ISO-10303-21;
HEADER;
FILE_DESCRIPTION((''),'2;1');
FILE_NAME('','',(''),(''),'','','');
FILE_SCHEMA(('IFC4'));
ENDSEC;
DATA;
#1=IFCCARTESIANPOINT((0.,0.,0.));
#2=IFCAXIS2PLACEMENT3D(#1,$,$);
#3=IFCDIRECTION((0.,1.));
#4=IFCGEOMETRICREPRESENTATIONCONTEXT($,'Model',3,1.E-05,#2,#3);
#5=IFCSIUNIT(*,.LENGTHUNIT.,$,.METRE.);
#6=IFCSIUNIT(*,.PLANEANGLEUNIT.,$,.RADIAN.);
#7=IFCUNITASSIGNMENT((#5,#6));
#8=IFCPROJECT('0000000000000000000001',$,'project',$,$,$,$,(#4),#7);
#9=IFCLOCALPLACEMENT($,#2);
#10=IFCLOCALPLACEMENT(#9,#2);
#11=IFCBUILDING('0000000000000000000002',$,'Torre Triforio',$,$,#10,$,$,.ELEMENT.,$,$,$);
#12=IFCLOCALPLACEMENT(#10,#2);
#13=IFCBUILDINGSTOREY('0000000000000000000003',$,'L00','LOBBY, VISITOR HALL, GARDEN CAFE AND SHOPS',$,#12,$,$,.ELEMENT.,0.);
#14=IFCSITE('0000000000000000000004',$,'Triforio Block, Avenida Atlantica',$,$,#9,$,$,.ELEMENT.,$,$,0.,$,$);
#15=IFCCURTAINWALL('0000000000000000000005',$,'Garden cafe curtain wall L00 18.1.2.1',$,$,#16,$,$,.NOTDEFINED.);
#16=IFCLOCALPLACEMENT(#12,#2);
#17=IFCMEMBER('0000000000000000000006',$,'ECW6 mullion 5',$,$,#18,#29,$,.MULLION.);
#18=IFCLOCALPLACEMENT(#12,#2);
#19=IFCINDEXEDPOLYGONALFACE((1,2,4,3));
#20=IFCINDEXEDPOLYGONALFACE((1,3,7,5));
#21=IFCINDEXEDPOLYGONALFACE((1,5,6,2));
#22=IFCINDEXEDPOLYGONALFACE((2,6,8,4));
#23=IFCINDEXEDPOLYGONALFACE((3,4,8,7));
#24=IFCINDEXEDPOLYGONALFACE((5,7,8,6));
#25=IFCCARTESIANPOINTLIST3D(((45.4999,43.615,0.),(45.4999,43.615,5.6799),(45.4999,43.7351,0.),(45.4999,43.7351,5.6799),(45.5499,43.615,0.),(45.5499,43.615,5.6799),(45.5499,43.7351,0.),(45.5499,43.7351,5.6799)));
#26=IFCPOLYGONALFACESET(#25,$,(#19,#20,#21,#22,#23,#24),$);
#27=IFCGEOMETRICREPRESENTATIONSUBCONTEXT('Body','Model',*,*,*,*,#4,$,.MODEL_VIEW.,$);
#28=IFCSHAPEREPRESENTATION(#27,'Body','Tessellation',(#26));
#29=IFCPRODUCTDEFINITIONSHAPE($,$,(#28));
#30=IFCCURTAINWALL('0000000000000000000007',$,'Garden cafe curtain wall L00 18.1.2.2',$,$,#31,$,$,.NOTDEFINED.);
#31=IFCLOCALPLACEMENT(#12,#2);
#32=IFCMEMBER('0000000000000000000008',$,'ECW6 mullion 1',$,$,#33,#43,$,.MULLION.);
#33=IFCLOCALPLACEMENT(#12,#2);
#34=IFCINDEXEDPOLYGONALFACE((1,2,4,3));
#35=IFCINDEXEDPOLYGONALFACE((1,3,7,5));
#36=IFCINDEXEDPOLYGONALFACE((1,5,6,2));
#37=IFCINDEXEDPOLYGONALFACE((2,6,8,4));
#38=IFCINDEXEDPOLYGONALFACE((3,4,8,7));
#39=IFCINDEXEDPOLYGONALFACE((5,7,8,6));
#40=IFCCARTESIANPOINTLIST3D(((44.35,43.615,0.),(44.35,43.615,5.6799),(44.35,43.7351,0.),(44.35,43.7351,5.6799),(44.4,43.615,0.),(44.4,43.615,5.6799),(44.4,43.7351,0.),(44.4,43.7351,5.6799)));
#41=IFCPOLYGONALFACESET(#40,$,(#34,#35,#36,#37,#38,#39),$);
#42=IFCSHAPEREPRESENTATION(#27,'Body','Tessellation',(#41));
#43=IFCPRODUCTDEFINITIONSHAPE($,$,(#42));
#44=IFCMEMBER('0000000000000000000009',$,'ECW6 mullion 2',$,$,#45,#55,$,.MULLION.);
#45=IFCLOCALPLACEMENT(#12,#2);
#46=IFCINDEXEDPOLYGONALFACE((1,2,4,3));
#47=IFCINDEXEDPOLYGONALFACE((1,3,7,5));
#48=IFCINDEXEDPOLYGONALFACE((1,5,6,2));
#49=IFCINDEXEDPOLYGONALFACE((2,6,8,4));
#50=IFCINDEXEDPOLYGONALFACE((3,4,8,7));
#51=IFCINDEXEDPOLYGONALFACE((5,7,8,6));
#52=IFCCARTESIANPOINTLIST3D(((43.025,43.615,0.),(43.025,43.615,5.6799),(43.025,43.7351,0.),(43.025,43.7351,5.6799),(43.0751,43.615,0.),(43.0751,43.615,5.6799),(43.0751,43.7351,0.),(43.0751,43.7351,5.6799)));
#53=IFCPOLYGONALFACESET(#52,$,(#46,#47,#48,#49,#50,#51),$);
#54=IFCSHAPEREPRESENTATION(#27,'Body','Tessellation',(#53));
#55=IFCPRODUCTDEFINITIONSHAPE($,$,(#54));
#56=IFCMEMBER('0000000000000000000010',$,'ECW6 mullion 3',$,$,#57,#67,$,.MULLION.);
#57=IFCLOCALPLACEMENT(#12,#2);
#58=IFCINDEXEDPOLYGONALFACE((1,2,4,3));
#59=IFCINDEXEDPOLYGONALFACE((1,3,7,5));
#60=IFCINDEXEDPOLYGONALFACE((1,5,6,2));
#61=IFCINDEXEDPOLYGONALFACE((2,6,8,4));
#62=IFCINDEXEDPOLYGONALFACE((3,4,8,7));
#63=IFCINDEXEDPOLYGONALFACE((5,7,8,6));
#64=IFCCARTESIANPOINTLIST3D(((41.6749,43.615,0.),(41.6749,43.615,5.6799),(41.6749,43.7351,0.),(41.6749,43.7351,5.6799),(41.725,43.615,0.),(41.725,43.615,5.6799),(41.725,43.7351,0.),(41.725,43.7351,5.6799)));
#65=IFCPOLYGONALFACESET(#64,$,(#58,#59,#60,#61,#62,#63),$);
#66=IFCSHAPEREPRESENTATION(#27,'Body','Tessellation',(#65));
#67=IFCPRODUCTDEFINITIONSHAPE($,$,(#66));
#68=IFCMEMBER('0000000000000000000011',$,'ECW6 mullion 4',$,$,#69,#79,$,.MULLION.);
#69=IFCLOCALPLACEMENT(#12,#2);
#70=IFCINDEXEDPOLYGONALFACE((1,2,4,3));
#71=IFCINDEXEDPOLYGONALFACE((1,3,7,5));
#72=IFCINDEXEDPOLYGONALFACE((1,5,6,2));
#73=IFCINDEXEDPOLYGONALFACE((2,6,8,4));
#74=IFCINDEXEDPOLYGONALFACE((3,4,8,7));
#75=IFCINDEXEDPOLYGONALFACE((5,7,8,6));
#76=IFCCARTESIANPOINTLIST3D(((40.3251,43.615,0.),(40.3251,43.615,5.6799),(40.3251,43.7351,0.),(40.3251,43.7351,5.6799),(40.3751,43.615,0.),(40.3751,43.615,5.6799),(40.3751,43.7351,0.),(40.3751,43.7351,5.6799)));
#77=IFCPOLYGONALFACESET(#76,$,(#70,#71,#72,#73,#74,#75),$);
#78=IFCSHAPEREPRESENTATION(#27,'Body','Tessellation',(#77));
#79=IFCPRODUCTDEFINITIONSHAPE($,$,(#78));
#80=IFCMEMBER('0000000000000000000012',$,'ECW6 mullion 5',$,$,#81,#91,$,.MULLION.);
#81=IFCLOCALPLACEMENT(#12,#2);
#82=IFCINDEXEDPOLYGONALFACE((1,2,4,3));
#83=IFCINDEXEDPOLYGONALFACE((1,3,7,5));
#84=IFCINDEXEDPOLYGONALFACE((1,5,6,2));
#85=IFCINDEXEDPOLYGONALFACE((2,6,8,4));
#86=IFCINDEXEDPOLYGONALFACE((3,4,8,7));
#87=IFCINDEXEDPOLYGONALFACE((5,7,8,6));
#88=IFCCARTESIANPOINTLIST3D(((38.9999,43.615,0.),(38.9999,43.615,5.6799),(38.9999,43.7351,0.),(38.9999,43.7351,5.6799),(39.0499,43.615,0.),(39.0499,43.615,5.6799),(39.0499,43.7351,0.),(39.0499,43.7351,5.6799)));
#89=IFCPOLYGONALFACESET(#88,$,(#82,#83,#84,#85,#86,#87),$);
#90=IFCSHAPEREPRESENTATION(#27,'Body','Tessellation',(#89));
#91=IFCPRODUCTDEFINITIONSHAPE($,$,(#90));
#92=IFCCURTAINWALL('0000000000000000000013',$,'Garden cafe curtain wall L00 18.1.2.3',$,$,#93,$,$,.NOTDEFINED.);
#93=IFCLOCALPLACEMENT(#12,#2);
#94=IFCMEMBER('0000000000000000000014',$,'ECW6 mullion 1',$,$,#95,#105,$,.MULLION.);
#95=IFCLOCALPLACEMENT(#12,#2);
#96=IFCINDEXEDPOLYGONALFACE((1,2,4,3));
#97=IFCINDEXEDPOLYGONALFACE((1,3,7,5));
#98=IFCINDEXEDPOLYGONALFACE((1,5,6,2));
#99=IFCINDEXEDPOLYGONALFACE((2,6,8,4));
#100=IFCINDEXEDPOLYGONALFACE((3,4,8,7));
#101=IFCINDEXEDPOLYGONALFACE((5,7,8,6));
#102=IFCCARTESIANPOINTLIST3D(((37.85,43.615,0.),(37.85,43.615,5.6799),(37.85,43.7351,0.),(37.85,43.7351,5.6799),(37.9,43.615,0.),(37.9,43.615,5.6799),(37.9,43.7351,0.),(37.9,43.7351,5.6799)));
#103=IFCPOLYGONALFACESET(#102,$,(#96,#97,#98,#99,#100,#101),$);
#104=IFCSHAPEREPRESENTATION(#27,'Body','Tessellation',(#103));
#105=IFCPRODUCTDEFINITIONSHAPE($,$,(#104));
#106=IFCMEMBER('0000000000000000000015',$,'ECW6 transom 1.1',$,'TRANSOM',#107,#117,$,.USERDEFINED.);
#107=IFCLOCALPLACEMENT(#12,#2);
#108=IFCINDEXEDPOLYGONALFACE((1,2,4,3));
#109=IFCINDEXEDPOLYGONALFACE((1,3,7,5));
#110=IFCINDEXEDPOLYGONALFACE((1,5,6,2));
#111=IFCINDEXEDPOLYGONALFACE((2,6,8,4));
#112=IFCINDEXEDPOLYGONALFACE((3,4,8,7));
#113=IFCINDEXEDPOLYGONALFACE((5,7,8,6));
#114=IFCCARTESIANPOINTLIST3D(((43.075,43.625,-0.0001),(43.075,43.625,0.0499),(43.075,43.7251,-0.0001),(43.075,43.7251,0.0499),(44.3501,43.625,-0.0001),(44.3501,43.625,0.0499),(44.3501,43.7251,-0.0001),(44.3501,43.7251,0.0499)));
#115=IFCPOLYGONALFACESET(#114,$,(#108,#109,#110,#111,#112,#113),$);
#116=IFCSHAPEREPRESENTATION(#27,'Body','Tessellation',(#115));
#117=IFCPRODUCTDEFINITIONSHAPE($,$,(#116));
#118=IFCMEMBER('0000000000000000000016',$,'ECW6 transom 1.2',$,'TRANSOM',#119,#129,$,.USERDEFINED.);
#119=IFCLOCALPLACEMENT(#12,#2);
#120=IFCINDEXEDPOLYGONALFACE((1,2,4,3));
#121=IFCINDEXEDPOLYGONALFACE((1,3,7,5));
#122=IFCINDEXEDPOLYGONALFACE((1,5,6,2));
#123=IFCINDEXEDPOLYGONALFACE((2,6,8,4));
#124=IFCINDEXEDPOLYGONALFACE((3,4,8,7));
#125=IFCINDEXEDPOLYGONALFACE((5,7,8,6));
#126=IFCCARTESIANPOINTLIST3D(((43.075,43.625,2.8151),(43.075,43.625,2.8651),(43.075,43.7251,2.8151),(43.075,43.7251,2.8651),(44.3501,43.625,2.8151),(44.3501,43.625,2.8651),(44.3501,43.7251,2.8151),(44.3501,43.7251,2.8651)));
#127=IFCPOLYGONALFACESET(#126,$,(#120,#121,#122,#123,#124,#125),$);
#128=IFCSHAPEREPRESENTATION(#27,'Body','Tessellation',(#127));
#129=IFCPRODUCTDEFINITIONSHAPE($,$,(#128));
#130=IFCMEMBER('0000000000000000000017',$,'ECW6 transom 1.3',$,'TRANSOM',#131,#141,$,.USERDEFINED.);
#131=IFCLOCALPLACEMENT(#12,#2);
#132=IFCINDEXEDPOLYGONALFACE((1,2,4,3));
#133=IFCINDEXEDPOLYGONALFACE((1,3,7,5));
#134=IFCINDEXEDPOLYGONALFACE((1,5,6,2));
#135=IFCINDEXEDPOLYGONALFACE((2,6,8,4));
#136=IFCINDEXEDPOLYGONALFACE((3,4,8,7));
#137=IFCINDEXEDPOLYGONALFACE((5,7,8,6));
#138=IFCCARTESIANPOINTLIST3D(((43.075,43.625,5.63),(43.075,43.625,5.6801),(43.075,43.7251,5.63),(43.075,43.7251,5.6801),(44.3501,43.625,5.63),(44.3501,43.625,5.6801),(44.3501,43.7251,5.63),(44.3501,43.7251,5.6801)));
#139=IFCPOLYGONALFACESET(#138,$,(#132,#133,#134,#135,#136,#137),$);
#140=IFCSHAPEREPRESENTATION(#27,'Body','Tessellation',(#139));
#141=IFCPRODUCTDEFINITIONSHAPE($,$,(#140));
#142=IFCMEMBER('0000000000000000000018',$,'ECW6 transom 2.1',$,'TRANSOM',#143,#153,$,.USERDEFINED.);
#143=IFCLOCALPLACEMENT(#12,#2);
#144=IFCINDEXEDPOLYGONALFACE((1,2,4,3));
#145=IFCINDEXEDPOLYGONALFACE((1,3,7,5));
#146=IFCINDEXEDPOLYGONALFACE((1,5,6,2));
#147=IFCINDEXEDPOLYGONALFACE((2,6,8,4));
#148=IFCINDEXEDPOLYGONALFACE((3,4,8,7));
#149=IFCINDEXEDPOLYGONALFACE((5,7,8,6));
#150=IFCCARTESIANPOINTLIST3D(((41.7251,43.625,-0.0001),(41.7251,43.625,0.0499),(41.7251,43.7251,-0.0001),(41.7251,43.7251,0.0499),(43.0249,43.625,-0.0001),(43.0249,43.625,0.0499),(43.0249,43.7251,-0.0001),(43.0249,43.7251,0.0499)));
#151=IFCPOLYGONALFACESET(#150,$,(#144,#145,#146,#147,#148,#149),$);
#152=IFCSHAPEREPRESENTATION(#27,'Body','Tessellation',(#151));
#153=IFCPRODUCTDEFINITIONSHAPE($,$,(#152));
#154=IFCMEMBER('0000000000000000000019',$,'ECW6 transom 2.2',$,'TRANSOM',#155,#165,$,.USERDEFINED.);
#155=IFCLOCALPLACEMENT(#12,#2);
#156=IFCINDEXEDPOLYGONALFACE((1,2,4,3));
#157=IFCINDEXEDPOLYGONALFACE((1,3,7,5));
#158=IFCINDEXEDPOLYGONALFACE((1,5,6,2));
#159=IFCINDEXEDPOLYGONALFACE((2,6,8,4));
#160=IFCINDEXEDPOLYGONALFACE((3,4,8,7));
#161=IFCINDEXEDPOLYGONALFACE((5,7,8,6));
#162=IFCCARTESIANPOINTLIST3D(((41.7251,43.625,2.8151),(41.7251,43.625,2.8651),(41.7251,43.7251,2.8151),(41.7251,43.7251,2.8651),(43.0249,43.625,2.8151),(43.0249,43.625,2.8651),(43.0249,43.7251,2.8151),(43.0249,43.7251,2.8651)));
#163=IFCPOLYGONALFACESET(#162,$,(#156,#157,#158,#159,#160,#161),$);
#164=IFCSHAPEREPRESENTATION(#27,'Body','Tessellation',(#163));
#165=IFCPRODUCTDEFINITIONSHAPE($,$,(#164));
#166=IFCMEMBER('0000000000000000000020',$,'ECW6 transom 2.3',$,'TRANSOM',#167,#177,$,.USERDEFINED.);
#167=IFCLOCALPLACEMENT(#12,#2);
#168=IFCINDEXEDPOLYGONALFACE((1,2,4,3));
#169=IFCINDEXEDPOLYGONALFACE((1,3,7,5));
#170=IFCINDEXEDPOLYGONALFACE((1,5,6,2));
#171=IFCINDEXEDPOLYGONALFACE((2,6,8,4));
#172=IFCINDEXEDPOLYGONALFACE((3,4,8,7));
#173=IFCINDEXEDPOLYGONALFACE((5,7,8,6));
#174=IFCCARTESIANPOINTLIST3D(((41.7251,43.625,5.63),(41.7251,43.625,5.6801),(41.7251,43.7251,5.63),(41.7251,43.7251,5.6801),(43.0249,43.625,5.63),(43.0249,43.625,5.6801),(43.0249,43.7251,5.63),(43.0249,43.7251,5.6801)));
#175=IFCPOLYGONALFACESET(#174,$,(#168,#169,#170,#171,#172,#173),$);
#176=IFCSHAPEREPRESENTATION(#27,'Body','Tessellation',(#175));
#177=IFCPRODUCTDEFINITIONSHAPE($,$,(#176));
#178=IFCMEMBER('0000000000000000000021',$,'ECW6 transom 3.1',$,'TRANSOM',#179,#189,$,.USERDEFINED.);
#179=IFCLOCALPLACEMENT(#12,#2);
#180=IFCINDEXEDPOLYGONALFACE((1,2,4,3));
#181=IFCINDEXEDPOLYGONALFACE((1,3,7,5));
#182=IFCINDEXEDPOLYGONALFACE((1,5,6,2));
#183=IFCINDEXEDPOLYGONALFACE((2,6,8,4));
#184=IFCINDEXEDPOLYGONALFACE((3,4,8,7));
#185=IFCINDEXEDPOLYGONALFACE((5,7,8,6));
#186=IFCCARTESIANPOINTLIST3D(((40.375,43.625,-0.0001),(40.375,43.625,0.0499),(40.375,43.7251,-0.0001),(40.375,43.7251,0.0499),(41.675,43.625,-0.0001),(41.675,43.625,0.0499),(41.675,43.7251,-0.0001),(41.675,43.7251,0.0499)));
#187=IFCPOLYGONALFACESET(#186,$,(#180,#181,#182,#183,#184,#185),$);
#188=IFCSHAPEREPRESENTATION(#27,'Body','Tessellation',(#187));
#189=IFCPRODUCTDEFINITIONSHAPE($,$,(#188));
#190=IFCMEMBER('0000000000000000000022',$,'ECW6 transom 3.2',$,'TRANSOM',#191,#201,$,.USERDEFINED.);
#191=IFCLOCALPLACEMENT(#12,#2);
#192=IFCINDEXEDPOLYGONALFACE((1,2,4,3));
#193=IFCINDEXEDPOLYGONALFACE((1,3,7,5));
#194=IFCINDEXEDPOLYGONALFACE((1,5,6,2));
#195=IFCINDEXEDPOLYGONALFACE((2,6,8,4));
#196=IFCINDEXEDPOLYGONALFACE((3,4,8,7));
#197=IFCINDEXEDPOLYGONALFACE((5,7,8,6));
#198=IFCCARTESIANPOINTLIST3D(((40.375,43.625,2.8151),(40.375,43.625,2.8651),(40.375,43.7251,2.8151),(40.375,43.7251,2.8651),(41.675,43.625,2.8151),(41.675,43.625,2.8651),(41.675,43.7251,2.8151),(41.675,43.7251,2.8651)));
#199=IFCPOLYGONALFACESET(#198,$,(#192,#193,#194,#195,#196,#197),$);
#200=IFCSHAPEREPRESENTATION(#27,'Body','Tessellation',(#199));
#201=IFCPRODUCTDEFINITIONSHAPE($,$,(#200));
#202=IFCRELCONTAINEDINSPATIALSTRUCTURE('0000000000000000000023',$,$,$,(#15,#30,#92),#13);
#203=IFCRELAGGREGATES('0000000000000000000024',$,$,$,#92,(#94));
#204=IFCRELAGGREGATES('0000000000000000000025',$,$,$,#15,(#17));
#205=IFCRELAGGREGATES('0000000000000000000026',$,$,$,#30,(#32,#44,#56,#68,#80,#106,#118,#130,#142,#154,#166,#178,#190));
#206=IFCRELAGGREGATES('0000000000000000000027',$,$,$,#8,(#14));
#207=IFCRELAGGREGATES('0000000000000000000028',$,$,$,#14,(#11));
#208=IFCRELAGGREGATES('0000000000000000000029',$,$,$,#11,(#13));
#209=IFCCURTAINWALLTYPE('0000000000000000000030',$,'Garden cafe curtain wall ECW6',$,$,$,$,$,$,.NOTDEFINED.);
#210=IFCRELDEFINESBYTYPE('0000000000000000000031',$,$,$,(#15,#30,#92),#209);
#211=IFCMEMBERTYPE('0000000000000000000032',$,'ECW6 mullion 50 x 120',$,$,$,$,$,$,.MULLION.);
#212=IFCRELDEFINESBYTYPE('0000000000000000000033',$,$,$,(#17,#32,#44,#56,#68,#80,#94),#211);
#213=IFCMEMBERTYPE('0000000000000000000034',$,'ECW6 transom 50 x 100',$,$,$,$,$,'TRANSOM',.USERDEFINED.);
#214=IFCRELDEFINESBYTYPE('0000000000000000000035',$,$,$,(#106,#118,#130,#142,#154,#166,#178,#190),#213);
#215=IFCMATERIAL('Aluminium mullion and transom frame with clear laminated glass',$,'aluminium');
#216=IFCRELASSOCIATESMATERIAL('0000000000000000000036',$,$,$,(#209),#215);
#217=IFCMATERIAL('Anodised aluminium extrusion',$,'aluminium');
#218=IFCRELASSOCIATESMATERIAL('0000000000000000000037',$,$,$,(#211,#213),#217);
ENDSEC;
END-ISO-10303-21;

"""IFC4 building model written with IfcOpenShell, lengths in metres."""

from ifc_helpers import new_model, si_unit, direction, frame, origin, origin_2d, place, context, subcontext, project, spatial, rectangle, extrude, material, material_profile, profile_set, type_object, element, aggregate, save


model = new_model("IFC4")

# Units and contexts
model_context = context("Model", 3, precision=1e-05, world=origin(), true_north=direction((0.0, 1.0)))
body_context = subcontext(model_context, "Body", "Model", "MODEL_VIEW")
ifc_project = project(units=[si_unit("LENGTHUNIT", "METRE"), si_unit("PLANEANGLEUNIT", "RADIAN")], contexts=[model_context])

# Site, building, storey
site_placement = place(None, origin())
site = spatial("IfcSite", under=ifc_project, at=site_placement, Name="Triforio Block, Avenida Atlantica", CompositionType="ELEMENT", RefElevation=0.0)
building_placement = place(site_placement, origin())
building = spatial("IfcBuilding", under=site, at=building_placement, Name="Torre Triforio", CompositionType="ELEMENT")
storey_placement = place(building_placement, origin())
storey = spatial("IfcBuildingStorey", under=building, at=storey_placement, Name="L00", Description="LOBBY, VISITOR HALL, GARDEN CAFE AND SHOPS", CompositionType="ELEMENT", Elevation=0.0)

# Curtain wall, member
ifc_material_1 = material(Name="Aluminium mullion and transom frame with clear laminated glass", Category="aluminium")
curtain_wall_type = type_object("IfcCurtainWallType", Name="Garden cafe curtain wall ECW6", PredefinedType="NOTDEFINED", material=ifc_material_1)
curtain_wall_1_placement = place(storey_placement, origin())
curtain_wall_1 = element("IfcCurtainWall", 1, at=curtain_wall_1_placement, inside=storey, type_object=curtain_wall_type, Name="Garden cafe curtain wall L00 18.1.2.1", PredefinedType="NOTDEFINED")
ifc_material_2 = material(Name="Anodised aluminium extrusion", Category="aluminium")
ifc_material_profile_1 = material_profile(ifc_material_2, rectangle(XDim=0.1201, YDim=0.05, at=origin_2d()), Name="ECW6 MULLION 50x120")
ifc_profile_set_1 = profile_set([ifc_material_profile_1], Name="Anodised aluminium extrusion")
member_type_1 = type_object("IfcMemberType", Name="ECW6 mullion 50 x 120", PredefinedType="MULLION", material=ifc_profile_set_1)
member_1_placement = place(storey_placement, frame((45.5249, 43.675, 0.0), z_axis=(0.0, 0.0, 1.0), x_axis=(0.0, -1.0, 0.0)))
member_1 = element("IfcMember", 2, at=member_1_placement, type_object=member_type_1, Name="ECW6 mullion 5", PredefinedType="MULLION", context=body_context, shape_type="SweptSolid", body=[
    extrude(rectangle(XDim=0.1201, YDim=0.05, at=origin_2d()), origin(), (0.0, 0.0, 1.0), 5.6799),
])

# Curtain wall, members
curtain_wall_2_placement = place(storey_placement, origin())
curtain_wall_2 = element("IfcCurtainWall", 3, at=curtain_wall_2_placement, inside=storey, type_object=curtain_wall_type, Name="Garden cafe curtain wall L00 18.1.2.2", PredefinedType="NOTDEFINED")
member_2_placement = place(storey_placement, frame((44.375, 43.675, 0.0), z_axis=(0.0, 0.0, 1.0), x_axis=(0.0, -1.0, 0.0)))
member_2 = element("IfcMember", 4, at=member_2_placement, type_object=member_type_1, Name="ECW6 mullion 1", PredefinedType="MULLION", context=body_context, shape_type="SweptSolid", body=[
    extrude(rectangle(XDim=0.1201, YDim=0.05, at=origin_2d()), origin(), (0.0, 0.0, 1.0), 5.6799),
])
member_3_placement = place(storey_placement, frame((43.05, 43.675, 0.0), z_axis=(0.0, 0.0, 1.0), x_axis=(0.0, -1.0, 0.0)))
member_3 = element("IfcMember", 5, at=member_3_placement, type_object=member_type_1, Name="ECW6 mullion 2", PredefinedType="MULLION", context=body_context, shape_type="SweptSolid", body=[
    extrude(rectangle(XDim=0.1201, YDim=0.05, at=origin_2d()), origin(), (0.0, 0.0, 1.0), 5.6799),
])
member_4_placement = place(storey_placement, frame((41.7, 43.675, 0.0), z_axis=(0.0, 0.0, 1.0), x_axis=(0.0, -1.0, 0.0)))
member_4 = element("IfcMember", 6, at=member_4_placement, type_object=member_type_1, Name="ECW6 mullion 3", PredefinedType="MULLION", context=body_context, shape_type="SweptSolid", body=[
    extrude(rectangle(XDim=0.1201, YDim=0.05, at=origin_2d()), origin(), (0.0, 0.0, 1.0), 5.6799),
])
member_5_placement = place(storey_placement, frame((40.3501, 43.675, 0.0), z_axis=(0.0, 0.0, 1.0), x_axis=(0.0, -1.0, 0.0)))
member_5 = element("IfcMember", 7, at=member_5_placement, type_object=member_type_1, Name="ECW6 mullion 4", PredefinedType="MULLION", context=body_context, shape_type="SweptSolid", body=[
    extrude(rectangle(XDim=0.1201, YDim=0.05, at=origin_2d()), origin(), (0.0, 0.0, 1.0), 5.6799),
])
member_6_placement = place(storey_placement, frame((39.0249, 43.675, 0.0), z_axis=(0.0, 0.0, 1.0), x_axis=(0.0, -1.0, 0.0)))
member_6 = element("IfcMember", 8, at=member_6_placement, type_object=member_type_1, Name="ECW6 mullion 5", PredefinedType="MULLION", context=body_context, shape_type="SweptSolid", body=[
    extrude(rectangle(XDim=0.1201, YDim=0.05, at=origin_2d()), origin(), (0.0, 0.0, 1.0), 5.6799),
])

# Curtain wall, member
curtain_wall_3_placement = place(storey_placement, origin())
curtain_wall_3 = element("IfcCurtainWall", 9, at=curtain_wall_3_placement, inside=storey, type_object=curtain_wall_type, Name="Garden cafe curtain wall L00 18.1.2.3", PredefinedType="NOTDEFINED")
member_7_placement = place(storey_placement, frame((37.875, 43.675, 0.0), z_axis=(0.0, 0.0, 1.0), x_axis=(0.0, -1.0, 0.0)))
member_7 = element("IfcMember", 10, at=member_7_placement, type_object=member_type_1, Name="ECW6 mullion 1", PredefinedType="MULLION", context=body_context, shape_type="SweptSolid", body=[
    extrude(rectangle(XDim=0.1201, YDim=0.05, at=origin_2d()), origin(), (0.0, 0.0, 1.0), 5.6799),
])

# Members
ifc_material_profile_2 = material_profile(ifc_material_2, rectangle(XDim=0.1001, YDim=0.05, at=origin_2d()), Name="ECW6 TRANSOM 50x100")
ifc_profile_set_2 = profile_set([ifc_material_profile_2], Name="Anodised aluminium extrusion")
member_type_2 = type_object("IfcMemberType", Name="ECW6 transom 50 x 100", ElementType="TRANSOM", PredefinedType="USERDEFINED", material=ifc_profile_set_2)
member_8_placement = place(storey_placement, frame((44.3501, 43.675, 0.0249), z_axis=(-1.0, 0.0, 0.0), x_axis=(0.0, -1.0, 0.0)))
member_8 = element("IfcMember", 11, at=member_8_placement, type_object=member_type_2, Name="ECW6 transom 1.1", ObjectType="TRANSOM", PredefinedType="USERDEFINED", context=body_context, shape_type="SweptSolid", body=[
    extrude(rectangle(XDim=0.1001, YDim=0.05, at=origin_2d()), origin(), (0.0, 0.0, 1.0), 1.2751),
])
member_9_placement = place(storey_placement, frame((44.3501, 43.675, 2.8401), z_axis=(-1.0, 0.0, 0.0), x_axis=(0.0, -1.0, 0.0)))
member_9 = element("IfcMember", 12, at=member_9_placement, type_object=member_type_2, Name="ECW6 transom 1.2", ObjectType="TRANSOM", PredefinedType="USERDEFINED", context=body_context, shape_type="SweptSolid", body=[
    extrude(rectangle(XDim=0.1001, YDim=0.05, at=origin_2d()), origin(), (0.0, 0.0, 1.0), 1.2751),
])
member_10_placement = place(storey_placement, frame((44.3501, 43.675, 5.655), z_axis=(-1.0, 0.0, 0.0), x_axis=(0.0, -1.0, 0.0)))
member_10 = element("IfcMember", 13, at=member_10_placement, type_object=member_type_2, Name="ECW6 transom 1.3", ObjectType="TRANSOM", PredefinedType="USERDEFINED", context=body_context, shape_type="SweptSolid", body=[
    extrude(rectangle(XDim=0.1001, YDim=0.05, at=origin_2d()), origin(), (0.0, 0.0, 1.0), 1.2751),
])
member_11_placement = place(storey_placement, frame((43.0249, 43.675, 0.0249), z_axis=(-1.0, 0.0, 0.0), x_axis=(0.0, -1.0, 0.0)))
member_11 = element("IfcMember", 14, at=member_11_placement, type_object=member_type_2, Name="ECW6 transom 2.1", ObjectType="TRANSOM", PredefinedType="USERDEFINED", context=body_context, shape_type="SweptSolid", body=[
    extrude(rectangle(XDim=0.1001, YDim=0.05, at=origin_2d()), origin(), (0.0, 0.0, 1.0), 1.2998),
])
member_12_placement = place(storey_placement, frame((43.0249, 43.675, 2.8401), z_axis=(-1.0, 0.0, 0.0), x_axis=(0.0, -1.0, 0.0)))
member_12 = element("IfcMember", 15, at=member_12_placement, type_object=member_type_2, Name="ECW6 transom 2.2", ObjectType="TRANSOM", PredefinedType="USERDEFINED", context=body_context, shape_type="SweptSolid", body=[
    extrude(rectangle(XDim=0.1001, YDim=0.05, at=origin_2d()), origin(), (0.0, 0.0, 1.0), 1.2998),
])
member_13_placement = place(storey_placement, frame((43.0249, 43.675, 5.655), z_axis=(-1.0, 0.0, 0.0), x_axis=(0.0, -1.0, 0.0)))
member_13 = element("IfcMember", 16, at=member_13_placement, type_object=member_type_2, Name="ECW6 transom 2.3", ObjectType="TRANSOM", PredefinedType="USERDEFINED", context=body_context, shape_type="SweptSolid", body=[
    extrude(rectangle(XDim=0.1001, YDim=0.05, at=origin_2d()), origin(), (0.0, 0.0, 1.0), 1.2998),
])
member_14_placement = place(storey_placement, frame((41.675, 43.675, 0.0249), z_axis=(-1.0, 0.0, 0.0), x_axis=(0.0, -1.0, 0.0)))
member_14 = element("IfcMember", 17, at=member_14_placement, type_object=member_type_2, Name="ECW6 transom 3.1", ObjectType="TRANSOM", PredefinedType="USERDEFINED", context=body_context, shape_type="SweptSolid", body=[
    extrude(rectangle(XDim=0.1001, YDim=0.05, at=origin_2d()), origin(), (0.0, 0.0, 1.0), 1.3),
])
member_15_placement = place(storey_placement, frame((41.675, 43.675, 2.8401), z_axis=(-1.0, 0.0, 0.0), x_axis=(0.0, -1.0, 0.0)))
member_15 = element("IfcMember", 18, at=member_15_placement, type_object=member_type_2, Name="ECW6 transom 3.2", ObjectType="TRANSOM", PredefinedType="USERDEFINED", context=body_context, shape_type="SweptSolid", body=[
    extrude(rectangle(XDim=0.1001, YDim=0.05, at=origin_2d()), origin(), (0.0, 0.0, 1.0), 1.3),
])
aggregate(curtain_wall_3, [member_7])

aggregate(curtain_wall_1, [member_1])
aggregate(curtain_wall_2, [member_2, member_3, member_4, member_5, member_6, member_8, member_9, member_10, member_11, member_12, member_13, member_14, member_15])

save(model, "model.ifc")
